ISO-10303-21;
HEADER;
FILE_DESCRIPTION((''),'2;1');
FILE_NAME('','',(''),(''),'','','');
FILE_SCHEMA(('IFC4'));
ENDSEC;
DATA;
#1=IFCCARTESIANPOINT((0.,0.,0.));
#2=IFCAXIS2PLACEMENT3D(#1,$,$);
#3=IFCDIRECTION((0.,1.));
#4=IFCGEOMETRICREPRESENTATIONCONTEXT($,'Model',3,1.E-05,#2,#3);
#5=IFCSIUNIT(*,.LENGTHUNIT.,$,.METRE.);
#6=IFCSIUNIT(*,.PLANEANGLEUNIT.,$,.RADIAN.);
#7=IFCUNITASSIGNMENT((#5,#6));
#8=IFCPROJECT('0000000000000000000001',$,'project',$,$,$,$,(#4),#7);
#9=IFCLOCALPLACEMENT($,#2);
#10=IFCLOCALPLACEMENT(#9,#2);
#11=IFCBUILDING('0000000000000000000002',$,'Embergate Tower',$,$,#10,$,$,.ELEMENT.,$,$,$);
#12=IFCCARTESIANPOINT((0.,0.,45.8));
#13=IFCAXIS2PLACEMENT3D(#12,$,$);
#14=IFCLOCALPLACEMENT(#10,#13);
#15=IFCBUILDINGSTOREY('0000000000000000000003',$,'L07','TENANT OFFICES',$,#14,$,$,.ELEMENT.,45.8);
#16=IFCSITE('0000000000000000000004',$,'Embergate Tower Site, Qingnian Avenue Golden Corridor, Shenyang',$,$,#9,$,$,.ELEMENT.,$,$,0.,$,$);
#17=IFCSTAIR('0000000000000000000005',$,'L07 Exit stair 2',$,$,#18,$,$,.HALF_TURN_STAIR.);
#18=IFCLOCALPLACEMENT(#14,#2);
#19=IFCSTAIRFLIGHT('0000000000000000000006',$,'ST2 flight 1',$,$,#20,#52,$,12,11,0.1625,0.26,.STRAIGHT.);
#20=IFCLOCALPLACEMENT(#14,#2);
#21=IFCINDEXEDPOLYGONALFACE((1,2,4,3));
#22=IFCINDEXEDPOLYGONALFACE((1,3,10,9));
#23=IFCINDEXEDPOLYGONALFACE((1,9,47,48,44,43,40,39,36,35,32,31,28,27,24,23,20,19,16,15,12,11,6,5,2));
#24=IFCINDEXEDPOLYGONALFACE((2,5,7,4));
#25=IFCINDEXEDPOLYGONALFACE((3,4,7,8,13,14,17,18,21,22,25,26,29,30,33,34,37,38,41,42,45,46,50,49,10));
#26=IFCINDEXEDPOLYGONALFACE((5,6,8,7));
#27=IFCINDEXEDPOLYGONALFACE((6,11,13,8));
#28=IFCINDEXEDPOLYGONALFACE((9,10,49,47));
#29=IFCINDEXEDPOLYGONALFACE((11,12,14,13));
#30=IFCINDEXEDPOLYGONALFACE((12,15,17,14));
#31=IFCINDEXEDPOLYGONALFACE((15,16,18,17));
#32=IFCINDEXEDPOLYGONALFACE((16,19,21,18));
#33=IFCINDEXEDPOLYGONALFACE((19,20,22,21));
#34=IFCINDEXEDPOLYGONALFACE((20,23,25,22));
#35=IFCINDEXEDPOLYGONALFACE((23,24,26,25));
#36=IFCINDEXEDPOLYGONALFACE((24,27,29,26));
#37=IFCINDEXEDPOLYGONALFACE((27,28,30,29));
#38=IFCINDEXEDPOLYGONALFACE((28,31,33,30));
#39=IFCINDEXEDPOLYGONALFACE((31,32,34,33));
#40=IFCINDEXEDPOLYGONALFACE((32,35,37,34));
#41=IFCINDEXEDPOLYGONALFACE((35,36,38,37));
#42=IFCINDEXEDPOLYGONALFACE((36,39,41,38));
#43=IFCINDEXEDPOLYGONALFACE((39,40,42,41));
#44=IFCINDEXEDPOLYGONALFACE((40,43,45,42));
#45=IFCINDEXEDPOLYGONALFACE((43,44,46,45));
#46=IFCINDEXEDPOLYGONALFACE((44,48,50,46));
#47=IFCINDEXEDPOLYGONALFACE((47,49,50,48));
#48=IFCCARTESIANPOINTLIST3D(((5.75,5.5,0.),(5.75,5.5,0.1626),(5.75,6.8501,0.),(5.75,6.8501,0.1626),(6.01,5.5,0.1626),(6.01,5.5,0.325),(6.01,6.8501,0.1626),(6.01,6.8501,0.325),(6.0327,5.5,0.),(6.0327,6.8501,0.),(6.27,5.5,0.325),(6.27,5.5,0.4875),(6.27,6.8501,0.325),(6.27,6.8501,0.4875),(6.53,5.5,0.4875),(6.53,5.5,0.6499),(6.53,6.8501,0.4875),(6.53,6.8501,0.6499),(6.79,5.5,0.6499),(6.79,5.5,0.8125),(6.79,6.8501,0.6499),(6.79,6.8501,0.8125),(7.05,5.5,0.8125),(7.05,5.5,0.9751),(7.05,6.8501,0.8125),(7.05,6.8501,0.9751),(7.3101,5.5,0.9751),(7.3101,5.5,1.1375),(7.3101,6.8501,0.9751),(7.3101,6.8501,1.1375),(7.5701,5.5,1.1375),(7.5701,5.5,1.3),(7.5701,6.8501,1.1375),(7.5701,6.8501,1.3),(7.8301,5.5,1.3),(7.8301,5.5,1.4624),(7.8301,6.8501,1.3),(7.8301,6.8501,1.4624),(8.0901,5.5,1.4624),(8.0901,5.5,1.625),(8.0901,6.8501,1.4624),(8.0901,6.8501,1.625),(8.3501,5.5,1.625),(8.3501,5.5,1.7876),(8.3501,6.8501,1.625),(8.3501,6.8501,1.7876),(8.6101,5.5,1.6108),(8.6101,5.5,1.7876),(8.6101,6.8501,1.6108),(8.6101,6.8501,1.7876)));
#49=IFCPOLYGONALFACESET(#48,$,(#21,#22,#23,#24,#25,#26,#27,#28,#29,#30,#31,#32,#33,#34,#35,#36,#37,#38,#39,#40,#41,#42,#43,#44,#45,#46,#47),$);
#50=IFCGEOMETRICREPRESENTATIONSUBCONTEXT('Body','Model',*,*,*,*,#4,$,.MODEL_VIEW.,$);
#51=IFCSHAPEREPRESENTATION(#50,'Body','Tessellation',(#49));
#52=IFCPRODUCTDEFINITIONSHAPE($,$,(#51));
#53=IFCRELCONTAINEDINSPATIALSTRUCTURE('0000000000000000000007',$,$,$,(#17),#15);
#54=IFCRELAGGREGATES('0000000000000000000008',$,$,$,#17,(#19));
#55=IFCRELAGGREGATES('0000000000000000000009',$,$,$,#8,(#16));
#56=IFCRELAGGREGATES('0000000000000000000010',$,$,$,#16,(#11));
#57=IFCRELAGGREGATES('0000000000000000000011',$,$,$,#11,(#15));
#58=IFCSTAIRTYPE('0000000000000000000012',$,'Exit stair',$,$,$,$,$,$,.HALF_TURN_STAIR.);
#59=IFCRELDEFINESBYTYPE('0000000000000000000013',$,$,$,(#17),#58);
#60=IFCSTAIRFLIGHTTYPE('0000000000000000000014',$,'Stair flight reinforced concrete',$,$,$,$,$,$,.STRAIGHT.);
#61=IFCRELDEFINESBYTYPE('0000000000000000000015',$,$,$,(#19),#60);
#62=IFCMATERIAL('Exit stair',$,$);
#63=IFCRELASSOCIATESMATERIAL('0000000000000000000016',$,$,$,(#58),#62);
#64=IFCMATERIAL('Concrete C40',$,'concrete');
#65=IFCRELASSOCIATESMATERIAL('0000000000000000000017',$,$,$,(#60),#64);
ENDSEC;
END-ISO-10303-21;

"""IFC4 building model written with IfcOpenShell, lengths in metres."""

from ifc_helpers import new_model, si_unit, direction, frame, origin, place, context, subcontext, project, spatial, polyline, outline, extrude, source, transform, mapped, material, type_object, element, aggregate, save


model = new_model("IFC4")

# Units and contexts
model_context = context("Model", 3, precision=1e-05, world=origin(), true_north=direction((0.0, 1.0)))
body_context = subcontext(model_context, "Body", "Model", "MODEL_VIEW")
ifc_project = project(units=[si_unit("LENGTHUNIT", "METRE"), si_unit("PLANEANGLEUNIT", "RADIAN")], contexts=[model_context])

# Site, building, storey
site_placement = place(None, origin())
site = spatial("IfcSite", under=ifc_project, at=site_placement, Name="Embergate Tower Site, Qingnian Avenue Golden Corridor, Shenyang", CompositionType="ELEMENT", RefElevation=0.0)
building_placement = place(site_placement, origin())
building = spatial("IfcBuilding", under=site, at=building_placement, Name="Embergate Tower", CompositionType="ELEMENT")
storey_placement = place(building_placement, frame((0.0, 0.0, 45.8)))
storey = spatial("IfcBuildingStorey", under=building, at=storey_placement, Name="L07", Description="TENANT OFFICES", CompositionType="ELEMENT", Elevation=45.8)

# Stair, stair flight
ifc_material_1 = material(Name="Exit stair")
stair_type = type_object("IfcStairType", Name="Exit stair", PredefinedType="HALF_TURN_STAIR", material=ifc_material_1)
stair_placement = place(storey_placement, origin())
stair = element("IfcStair", 1, at=stair_placement, inside=storey, type_object=stair_type, Name="L07 Exit stair 2", PredefinedType="HALF_TURN_STAIR")
ifc_material_2 = material(Name="Concrete C40", Category="concrete")
stair_flight_type = type_object("IfcStairFlightType", Name="Stair flight reinforced concrete", PredefinedType="STRAIGHT", material=ifc_material_2)
shared_shape_1 = source(origin(), body_context, "Body", "SweptSolid", [
    extrude(outline(polyline([(0.0, 0.0), (0.0, 0.1626), (0.26, 0.1626), (0.26, 0.325), (0.52, 0.325), (0.52, 0.4875), (0.78, 0.4875), (0.78, 0.6499), (1.04, 0.6499), (1.04, 0.8125), (1.3, 0.8125), (1.3, 0.9751), (1.5601, 0.9751), (1.5601, 1.1375), (1.8201, 1.1375), (1.8201, 1.3), (2.0801, 1.3), (2.0801, 1.4624), (2.3401, 1.4624), (2.3401, 1.625), (2.6001, 1.625), (2.6001, 1.7876), (2.8601, 1.7876), (2.8601, 1.95), (2.8601, 1.6108), (0.2827, 0.0), (0.0, 0.0)])), frame((0.0, 0.675, 0.0), z_axis=(0.0, -1.0, 0.0), x_axis=(1.0, 0.0, 0.0)), (0.0, 0.0, 1.0), 1.3501),
])
stair_flight_placement = place(storey_placement, frame((5.75, 6.175, 0.0), z_axis=(0.0, 0.0, 1.0), x_axis=(1.0, 0.0, 0.0)))
stair_flight = element("IfcStairFlight", 2, at=stair_flight_placement, type_object=stair_flight_type, Name="ST2 flight 1", NumberOfRisers=12, NumberOfTreads=11, PredefinedType="STRAIGHT", RiserHeight=0.1625, TreadLength=0.26, context=body_context, shape_type="MappedRepresentation", body=[
    mapped(shared_shape_1, transform((0.0, 0.0, 0.0))),
])
aggregate(stair, [stair_flight])

save(model, "model.ifc")
